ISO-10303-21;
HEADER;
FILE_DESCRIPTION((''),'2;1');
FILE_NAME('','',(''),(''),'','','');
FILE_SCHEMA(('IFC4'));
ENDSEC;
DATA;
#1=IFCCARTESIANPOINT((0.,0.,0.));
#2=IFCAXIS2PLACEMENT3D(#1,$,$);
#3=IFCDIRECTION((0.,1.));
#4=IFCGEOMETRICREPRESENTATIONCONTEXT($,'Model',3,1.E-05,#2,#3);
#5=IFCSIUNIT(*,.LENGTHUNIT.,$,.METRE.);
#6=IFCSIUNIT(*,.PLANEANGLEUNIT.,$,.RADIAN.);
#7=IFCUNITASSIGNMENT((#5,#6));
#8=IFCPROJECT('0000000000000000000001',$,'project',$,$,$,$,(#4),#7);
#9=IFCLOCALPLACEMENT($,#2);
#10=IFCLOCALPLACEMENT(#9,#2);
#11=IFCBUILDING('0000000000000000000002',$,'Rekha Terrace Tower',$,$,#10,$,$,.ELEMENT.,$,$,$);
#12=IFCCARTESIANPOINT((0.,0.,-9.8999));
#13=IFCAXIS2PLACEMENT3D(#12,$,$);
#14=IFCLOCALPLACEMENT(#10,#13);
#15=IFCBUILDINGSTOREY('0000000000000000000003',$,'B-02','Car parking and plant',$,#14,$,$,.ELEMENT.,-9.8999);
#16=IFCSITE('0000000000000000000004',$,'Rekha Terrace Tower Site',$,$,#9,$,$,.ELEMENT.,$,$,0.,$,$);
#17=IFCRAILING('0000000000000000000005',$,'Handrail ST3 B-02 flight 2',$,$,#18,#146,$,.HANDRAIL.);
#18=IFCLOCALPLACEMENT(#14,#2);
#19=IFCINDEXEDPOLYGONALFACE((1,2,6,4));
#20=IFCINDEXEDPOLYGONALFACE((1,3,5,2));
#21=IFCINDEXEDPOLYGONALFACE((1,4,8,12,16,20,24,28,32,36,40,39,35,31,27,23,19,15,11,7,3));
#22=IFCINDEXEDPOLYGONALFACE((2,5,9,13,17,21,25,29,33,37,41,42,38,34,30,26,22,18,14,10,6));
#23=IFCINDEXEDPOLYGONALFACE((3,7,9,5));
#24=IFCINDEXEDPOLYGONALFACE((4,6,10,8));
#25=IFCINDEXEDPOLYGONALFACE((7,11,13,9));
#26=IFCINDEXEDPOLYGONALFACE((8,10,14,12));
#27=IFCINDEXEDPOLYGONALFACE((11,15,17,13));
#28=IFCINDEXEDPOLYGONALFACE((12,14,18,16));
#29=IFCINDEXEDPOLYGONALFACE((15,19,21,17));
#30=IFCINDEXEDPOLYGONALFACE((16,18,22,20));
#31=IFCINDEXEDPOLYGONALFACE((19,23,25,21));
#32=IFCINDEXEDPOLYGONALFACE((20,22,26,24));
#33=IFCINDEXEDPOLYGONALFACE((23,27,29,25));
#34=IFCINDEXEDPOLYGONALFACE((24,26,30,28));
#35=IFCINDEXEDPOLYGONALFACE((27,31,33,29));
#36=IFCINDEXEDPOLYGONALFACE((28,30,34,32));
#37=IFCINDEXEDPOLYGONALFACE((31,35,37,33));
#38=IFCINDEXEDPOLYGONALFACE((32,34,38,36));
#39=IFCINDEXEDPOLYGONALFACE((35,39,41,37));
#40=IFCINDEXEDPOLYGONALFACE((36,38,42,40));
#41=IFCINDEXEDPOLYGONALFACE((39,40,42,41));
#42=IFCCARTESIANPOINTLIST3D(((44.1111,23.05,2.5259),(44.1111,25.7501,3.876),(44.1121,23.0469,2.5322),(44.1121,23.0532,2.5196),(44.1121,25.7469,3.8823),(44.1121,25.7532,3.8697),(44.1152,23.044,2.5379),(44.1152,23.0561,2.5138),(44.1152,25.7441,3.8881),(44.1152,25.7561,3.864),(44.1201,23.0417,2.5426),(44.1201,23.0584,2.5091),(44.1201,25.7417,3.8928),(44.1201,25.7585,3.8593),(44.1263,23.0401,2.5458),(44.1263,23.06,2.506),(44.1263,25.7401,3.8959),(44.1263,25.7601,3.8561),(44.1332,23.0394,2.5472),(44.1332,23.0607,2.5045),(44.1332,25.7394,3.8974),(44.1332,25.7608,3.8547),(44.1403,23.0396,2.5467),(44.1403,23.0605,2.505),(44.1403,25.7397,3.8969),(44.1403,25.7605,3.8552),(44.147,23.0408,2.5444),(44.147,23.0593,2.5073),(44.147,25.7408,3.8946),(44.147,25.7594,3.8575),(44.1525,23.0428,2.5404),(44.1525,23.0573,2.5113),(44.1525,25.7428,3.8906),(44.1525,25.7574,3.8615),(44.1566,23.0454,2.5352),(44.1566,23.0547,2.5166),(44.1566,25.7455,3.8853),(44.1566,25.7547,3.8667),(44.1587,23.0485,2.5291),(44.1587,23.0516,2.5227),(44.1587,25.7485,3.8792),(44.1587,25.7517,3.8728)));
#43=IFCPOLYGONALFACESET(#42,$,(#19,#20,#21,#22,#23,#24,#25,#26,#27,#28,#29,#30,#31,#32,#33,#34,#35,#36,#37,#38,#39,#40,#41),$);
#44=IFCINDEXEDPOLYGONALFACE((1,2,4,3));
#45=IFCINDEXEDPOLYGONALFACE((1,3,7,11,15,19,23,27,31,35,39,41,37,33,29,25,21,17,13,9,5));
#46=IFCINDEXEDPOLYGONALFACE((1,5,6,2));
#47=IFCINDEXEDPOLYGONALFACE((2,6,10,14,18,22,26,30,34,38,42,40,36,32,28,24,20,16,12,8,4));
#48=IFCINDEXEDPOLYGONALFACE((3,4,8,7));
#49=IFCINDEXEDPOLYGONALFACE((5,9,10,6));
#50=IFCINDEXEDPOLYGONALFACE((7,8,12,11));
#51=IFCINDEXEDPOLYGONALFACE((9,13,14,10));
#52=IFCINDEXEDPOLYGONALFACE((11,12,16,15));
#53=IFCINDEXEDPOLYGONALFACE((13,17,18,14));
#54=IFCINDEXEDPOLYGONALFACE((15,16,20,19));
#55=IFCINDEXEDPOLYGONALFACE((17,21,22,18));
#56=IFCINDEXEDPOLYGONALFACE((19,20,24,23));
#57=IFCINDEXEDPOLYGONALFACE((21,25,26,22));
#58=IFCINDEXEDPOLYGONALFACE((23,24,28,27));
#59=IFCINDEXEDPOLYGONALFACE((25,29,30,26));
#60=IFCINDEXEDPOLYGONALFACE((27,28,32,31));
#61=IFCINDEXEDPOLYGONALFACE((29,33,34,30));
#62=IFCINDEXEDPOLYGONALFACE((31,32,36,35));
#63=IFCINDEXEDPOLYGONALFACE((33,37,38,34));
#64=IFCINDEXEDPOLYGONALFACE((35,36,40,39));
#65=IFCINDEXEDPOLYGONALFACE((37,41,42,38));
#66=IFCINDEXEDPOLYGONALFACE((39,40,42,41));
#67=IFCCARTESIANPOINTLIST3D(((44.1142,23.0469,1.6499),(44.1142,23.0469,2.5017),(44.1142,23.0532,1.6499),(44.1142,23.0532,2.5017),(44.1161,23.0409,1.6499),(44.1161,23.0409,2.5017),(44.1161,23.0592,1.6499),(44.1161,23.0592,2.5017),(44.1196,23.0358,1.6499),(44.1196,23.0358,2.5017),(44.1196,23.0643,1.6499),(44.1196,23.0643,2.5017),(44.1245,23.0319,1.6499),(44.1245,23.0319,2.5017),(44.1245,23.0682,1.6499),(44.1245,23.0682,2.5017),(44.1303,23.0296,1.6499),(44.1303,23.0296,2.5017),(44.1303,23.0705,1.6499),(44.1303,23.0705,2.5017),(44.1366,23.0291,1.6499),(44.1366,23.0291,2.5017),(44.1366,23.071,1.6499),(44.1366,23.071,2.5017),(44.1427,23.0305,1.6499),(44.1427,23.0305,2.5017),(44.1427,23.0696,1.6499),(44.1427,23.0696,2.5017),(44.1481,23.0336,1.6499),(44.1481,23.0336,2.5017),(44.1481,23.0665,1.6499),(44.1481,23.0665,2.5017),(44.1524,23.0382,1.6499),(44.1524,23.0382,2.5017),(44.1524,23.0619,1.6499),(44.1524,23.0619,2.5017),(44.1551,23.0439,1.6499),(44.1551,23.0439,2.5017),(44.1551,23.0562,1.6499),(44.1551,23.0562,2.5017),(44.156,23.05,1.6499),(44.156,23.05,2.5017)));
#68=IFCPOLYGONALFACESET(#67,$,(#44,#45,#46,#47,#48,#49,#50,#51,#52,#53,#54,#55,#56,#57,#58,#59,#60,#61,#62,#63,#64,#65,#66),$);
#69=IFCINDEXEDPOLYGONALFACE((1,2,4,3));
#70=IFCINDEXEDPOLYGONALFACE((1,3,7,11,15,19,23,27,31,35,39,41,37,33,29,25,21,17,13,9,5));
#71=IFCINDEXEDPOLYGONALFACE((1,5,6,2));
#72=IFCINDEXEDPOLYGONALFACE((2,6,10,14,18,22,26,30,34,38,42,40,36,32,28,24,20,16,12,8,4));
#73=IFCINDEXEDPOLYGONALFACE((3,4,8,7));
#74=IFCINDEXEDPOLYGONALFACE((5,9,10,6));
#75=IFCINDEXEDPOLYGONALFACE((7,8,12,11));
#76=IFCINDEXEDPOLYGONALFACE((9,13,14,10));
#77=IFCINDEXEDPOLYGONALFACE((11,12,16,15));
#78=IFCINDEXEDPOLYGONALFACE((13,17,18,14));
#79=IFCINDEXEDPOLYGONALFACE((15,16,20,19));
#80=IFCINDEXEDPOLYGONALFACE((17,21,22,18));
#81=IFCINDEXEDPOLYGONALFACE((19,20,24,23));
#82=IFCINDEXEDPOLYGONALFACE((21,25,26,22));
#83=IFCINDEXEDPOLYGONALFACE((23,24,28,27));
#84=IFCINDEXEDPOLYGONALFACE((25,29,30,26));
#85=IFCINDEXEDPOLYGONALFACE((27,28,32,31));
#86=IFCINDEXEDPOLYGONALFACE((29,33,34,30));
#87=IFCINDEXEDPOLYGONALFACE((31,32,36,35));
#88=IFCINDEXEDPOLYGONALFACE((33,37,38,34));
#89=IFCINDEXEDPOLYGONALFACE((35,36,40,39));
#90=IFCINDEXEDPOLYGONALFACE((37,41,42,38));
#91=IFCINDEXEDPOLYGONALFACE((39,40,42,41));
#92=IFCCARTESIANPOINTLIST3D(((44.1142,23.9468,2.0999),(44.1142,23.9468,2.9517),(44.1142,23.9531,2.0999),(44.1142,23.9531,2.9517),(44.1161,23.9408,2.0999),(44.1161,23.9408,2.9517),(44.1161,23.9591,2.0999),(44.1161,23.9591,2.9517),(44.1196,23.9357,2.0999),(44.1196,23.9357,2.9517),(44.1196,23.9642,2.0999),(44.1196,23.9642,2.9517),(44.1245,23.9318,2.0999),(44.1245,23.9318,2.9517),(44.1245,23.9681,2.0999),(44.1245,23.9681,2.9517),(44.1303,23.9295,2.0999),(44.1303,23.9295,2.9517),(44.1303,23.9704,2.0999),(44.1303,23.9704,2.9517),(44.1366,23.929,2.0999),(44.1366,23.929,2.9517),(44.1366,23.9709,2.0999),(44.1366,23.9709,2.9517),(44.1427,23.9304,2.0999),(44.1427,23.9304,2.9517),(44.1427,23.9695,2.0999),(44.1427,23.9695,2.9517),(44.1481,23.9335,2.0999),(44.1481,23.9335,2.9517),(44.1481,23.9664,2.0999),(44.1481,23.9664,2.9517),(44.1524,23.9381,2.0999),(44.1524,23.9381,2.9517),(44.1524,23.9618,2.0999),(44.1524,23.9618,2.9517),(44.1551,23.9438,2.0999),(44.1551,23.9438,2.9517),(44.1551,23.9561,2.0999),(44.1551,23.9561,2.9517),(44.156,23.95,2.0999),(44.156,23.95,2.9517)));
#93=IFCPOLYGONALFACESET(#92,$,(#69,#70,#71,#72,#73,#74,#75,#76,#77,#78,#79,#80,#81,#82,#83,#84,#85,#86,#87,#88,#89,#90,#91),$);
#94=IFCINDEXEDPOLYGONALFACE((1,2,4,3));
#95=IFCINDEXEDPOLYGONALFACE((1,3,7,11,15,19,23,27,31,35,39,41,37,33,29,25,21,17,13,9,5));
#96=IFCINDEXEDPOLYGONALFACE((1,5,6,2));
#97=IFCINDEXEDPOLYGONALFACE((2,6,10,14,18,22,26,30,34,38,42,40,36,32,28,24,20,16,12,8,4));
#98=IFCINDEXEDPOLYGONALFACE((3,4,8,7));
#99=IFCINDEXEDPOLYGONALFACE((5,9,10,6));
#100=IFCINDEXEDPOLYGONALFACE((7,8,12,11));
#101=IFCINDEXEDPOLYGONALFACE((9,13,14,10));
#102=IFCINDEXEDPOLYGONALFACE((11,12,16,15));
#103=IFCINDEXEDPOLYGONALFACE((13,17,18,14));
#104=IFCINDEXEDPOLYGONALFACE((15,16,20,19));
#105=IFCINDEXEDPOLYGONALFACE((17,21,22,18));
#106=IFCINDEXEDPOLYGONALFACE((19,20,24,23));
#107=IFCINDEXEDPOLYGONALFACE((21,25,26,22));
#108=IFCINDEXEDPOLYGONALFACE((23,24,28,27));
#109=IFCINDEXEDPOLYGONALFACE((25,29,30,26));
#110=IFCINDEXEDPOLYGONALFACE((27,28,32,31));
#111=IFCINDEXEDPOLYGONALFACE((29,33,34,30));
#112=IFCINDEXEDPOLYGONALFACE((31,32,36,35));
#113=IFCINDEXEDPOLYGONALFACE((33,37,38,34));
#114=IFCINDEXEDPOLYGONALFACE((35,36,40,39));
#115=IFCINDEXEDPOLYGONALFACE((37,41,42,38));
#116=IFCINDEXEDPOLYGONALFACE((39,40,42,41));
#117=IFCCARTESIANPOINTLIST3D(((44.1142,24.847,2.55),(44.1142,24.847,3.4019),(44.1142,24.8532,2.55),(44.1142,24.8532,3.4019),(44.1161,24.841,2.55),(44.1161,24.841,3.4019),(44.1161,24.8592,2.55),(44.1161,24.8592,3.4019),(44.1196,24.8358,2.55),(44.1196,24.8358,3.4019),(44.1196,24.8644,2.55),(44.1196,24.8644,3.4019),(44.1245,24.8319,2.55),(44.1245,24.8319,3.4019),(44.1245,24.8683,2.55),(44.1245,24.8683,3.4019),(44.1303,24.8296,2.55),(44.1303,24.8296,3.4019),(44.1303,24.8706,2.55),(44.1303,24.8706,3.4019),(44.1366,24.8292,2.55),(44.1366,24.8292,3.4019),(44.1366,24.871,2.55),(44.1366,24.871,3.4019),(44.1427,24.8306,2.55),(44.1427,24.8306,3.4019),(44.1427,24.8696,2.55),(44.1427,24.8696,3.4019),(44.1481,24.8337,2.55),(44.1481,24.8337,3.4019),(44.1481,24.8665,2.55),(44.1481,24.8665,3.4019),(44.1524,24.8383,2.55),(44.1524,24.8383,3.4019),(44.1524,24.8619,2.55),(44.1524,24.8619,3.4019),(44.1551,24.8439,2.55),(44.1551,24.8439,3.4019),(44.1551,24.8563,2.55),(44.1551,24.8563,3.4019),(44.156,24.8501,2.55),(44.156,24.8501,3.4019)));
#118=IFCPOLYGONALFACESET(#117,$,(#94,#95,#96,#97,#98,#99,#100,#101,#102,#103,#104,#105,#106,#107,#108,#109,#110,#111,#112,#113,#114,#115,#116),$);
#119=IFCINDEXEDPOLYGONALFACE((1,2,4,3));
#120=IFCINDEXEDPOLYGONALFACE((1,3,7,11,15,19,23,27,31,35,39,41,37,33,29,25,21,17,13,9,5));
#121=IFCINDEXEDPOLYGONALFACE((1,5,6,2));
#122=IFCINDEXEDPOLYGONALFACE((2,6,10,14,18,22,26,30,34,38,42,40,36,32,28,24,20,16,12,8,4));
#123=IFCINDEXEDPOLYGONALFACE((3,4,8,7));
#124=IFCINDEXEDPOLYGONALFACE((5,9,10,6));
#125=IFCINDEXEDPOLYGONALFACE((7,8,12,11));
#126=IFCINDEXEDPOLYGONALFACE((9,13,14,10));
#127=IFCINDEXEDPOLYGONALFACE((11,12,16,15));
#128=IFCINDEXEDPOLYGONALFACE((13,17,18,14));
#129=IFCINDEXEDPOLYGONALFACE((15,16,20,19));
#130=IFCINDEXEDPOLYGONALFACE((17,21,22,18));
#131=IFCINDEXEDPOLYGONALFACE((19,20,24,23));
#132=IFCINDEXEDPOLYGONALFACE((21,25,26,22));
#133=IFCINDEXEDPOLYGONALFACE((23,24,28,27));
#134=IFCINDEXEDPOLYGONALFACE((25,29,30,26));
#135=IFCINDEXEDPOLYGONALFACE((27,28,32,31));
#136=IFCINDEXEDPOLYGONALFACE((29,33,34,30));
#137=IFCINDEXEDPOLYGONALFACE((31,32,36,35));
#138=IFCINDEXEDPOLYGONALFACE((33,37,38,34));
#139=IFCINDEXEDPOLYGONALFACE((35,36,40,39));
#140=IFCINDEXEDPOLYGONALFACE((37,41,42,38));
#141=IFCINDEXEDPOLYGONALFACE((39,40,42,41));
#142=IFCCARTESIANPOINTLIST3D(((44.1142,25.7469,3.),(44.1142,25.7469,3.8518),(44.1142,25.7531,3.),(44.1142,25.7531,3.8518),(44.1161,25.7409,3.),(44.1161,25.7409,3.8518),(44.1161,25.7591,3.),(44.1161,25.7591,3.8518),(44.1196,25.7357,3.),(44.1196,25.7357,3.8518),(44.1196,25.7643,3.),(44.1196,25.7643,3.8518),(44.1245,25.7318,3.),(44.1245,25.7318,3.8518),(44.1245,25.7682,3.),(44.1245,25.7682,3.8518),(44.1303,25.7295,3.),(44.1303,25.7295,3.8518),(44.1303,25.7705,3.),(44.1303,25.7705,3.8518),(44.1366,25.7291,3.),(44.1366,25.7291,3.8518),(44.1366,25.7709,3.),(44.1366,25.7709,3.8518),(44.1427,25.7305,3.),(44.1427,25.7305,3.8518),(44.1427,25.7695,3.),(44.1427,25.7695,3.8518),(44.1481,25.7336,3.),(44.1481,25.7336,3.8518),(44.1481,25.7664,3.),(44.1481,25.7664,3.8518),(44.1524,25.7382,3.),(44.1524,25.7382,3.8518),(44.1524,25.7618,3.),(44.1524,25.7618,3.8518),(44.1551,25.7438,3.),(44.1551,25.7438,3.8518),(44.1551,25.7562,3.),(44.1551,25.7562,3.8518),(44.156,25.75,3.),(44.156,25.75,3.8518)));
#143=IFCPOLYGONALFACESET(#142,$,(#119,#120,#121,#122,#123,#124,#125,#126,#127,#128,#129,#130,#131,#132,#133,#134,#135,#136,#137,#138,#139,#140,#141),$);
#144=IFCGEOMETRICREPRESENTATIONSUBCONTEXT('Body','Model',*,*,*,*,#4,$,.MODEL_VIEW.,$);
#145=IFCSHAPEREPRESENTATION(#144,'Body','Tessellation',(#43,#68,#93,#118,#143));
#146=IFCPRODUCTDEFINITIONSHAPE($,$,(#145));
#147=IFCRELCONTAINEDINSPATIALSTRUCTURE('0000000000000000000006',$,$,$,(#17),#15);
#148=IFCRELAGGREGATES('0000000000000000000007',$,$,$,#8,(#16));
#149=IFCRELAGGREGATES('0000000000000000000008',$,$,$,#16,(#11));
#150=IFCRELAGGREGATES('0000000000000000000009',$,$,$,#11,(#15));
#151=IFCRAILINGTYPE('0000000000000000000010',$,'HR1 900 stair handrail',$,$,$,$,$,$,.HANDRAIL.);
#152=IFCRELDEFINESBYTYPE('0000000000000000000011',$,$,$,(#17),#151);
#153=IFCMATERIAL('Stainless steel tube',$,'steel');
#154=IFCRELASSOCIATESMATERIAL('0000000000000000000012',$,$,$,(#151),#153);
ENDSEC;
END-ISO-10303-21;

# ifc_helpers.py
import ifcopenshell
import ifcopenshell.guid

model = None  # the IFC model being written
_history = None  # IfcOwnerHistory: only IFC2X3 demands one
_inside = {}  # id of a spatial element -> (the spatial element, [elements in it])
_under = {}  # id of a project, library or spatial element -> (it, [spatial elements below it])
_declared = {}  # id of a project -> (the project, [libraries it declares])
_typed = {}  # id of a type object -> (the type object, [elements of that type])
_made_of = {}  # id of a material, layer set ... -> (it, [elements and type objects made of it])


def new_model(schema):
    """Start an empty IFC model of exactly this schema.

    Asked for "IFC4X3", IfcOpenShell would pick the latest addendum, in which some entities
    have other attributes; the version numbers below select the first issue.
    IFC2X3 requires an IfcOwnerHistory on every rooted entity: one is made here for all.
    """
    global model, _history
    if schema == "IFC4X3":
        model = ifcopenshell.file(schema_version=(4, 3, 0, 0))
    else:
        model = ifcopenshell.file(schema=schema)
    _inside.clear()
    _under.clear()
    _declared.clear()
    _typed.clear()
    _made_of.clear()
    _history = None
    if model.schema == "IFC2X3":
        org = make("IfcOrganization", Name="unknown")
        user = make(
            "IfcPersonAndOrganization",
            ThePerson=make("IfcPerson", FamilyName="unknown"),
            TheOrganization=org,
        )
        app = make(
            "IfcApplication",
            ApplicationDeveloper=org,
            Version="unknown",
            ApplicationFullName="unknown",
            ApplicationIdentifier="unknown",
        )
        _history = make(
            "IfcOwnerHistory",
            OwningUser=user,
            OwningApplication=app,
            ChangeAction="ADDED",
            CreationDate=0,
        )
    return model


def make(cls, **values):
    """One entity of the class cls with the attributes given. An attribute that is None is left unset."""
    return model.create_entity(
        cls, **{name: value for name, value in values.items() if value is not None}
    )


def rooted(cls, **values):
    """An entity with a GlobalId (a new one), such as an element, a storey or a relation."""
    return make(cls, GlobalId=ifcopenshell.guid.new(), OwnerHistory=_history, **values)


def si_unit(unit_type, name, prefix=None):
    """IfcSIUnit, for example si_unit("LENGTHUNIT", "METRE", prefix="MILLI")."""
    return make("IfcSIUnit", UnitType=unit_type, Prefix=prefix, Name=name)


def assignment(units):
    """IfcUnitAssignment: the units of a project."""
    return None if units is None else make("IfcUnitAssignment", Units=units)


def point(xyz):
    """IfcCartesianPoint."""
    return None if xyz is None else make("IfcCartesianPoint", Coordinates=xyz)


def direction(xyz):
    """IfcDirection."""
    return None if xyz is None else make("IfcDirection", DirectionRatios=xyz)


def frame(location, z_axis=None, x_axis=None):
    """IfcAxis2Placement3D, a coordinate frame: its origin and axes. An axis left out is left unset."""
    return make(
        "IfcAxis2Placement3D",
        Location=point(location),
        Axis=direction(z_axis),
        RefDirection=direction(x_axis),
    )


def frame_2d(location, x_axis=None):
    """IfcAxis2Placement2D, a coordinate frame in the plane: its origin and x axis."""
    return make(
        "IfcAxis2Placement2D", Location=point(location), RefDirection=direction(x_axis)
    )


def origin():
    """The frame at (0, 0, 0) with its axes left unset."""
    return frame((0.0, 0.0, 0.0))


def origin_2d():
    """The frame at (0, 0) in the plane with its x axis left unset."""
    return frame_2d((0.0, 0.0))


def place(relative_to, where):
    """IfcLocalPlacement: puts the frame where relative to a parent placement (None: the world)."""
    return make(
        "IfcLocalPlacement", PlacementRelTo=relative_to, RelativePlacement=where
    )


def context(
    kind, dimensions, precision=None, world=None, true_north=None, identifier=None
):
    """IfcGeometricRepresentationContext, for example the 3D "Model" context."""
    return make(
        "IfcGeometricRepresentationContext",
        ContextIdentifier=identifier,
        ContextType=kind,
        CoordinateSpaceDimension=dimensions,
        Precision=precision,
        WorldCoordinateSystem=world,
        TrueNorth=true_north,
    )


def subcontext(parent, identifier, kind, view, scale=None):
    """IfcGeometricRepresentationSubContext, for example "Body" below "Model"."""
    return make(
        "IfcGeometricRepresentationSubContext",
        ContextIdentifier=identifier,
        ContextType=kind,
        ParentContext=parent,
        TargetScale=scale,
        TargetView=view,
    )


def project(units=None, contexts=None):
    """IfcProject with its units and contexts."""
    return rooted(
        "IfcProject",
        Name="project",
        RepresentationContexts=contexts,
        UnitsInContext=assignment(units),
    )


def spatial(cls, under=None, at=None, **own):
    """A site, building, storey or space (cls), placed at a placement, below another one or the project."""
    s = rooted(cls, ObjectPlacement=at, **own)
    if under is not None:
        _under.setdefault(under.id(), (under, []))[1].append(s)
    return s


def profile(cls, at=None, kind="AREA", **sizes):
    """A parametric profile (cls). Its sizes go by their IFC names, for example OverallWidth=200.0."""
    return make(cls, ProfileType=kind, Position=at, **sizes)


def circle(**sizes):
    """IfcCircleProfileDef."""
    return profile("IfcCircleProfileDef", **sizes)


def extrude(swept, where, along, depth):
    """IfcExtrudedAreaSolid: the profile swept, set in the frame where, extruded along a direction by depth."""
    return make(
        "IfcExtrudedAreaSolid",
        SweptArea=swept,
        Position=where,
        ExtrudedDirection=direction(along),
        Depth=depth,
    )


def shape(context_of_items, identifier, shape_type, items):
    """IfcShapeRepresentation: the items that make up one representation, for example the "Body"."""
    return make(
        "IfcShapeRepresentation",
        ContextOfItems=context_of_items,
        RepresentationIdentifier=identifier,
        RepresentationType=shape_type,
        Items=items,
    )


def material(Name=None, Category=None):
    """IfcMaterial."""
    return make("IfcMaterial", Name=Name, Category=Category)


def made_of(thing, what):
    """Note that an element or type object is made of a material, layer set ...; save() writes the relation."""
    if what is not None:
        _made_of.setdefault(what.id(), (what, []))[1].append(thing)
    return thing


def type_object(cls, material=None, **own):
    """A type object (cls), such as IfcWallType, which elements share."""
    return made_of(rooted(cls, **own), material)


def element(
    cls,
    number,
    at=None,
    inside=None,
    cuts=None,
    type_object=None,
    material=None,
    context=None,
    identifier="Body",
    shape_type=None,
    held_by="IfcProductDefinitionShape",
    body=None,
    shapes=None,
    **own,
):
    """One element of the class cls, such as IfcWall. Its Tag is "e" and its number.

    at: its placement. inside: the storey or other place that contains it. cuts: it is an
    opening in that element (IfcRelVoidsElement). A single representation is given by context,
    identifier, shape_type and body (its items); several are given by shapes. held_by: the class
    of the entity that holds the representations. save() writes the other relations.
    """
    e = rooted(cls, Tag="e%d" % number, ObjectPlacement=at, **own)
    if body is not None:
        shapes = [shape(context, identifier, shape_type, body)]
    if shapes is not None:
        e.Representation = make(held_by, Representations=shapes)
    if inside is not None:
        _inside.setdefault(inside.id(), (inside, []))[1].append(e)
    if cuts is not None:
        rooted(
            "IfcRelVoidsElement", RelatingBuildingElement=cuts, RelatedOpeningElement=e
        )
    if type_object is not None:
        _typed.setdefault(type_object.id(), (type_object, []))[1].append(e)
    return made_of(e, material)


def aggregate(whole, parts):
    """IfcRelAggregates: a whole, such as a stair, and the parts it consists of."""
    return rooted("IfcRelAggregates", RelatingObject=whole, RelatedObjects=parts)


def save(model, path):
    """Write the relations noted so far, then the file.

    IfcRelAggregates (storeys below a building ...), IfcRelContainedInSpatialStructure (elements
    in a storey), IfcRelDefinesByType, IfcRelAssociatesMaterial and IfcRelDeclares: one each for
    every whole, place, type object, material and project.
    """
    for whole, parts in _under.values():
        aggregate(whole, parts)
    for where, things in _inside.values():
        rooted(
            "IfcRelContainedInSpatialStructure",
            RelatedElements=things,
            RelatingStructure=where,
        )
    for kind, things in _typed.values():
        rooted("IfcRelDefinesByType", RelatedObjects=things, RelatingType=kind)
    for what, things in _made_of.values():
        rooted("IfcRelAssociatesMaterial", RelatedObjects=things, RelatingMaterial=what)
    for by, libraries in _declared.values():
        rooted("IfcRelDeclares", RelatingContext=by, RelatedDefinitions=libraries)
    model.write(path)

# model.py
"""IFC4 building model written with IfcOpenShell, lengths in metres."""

from ifc_helpers import new_model, si_unit, direction, frame, origin, origin_2d, place, context, subcontext, project, spatial, circle, extrude, material, type_object, element, save


model = new_model("IFC4")

# Units and contexts
model_context = context("Model", 3, precision=1e-05, world=origin(), true_north=direction((0.0, 1.0)))
body_context = subcontext(model_context, "Body", "Model", "MODEL_VIEW")
ifc_project = project(units=[si_unit("LENGTHUNIT", "METRE"), si_unit("PLANEANGLEUNIT", "RADIAN")], contexts=[model_context])

# Site, building, storey
site_placement = place(None, origin())
site = spatial("IfcSite", under=ifc_project, at=site_placement, Name="Rekha Terrace Tower Site", CompositionType="ELEMENT", RefElevation=0.0)
building_placement = place(site_placement, origin())
building = spatial("IfcBuilding", under=site, at=building_placement, Name="Rekha Terrace Tower", CompositionType="ELEMENT")
storey_placement = place(building_placement, frame((0.0, 0.0, -9.8999)))
storey = spatial("IfcBuildingStorey", under=building, at=storey_placement, Name="B-02", Description="Car parking and plant", CompositionType="ELEMENT", Elevation=-9.8999)

# Railing
ifc_material_1 = material(Name="Stainless steel tube", Category="steel")
railing_type = type_object("IfcRailingType", Name="HR1 900 stair handrail", PredefinedType="HANDRAIL", material=ifc_material_1)
railing_placement = place(storey_placement, frame((44.135, 23.05, 1.6499)))
element("IfcRailing", 1, at=railing_placement, inside=storey, type_object=railing_type, Name="Handrail ST3 B-02 flight 2", PredefinedType="HANDRAIL", context=body_context, shape_type="SweptSolid", body=[
    extrude(circle(Radius=0.0239, at=origin_2d()), frame((0.0, 0.0, 0.876), z_axis=(0.0, 0.894411, 0.447246), x_axis=(-1.0, 0.0, 0.0)), (0.0, 0.0, 1.0), 3.0188),
    extrude(circle(Radius=0.021, at=origin_2d()), origin(), (0.0, 0.0, 1.0), 0.8518),
    extrude(circle(Radius=0.021, at=origin_2d()), frame((0.0, 0.8999, 0.45)), (0.0, 0.0, 1.0), 0.8518),
    extrude(circle(Radius=0.021, at=origin_2d()), frame((0.0, 1.8, 0.9001)), (0.0, 0.0, 1.0), 0.8518),
    extrude(circle(Radius=0.021, at=origin_2d()), frame((0.0, 2.7, 1.3501)), (0.0, 0.0, 1.0), 0.8518),
])

save(model, "model.ifc")
